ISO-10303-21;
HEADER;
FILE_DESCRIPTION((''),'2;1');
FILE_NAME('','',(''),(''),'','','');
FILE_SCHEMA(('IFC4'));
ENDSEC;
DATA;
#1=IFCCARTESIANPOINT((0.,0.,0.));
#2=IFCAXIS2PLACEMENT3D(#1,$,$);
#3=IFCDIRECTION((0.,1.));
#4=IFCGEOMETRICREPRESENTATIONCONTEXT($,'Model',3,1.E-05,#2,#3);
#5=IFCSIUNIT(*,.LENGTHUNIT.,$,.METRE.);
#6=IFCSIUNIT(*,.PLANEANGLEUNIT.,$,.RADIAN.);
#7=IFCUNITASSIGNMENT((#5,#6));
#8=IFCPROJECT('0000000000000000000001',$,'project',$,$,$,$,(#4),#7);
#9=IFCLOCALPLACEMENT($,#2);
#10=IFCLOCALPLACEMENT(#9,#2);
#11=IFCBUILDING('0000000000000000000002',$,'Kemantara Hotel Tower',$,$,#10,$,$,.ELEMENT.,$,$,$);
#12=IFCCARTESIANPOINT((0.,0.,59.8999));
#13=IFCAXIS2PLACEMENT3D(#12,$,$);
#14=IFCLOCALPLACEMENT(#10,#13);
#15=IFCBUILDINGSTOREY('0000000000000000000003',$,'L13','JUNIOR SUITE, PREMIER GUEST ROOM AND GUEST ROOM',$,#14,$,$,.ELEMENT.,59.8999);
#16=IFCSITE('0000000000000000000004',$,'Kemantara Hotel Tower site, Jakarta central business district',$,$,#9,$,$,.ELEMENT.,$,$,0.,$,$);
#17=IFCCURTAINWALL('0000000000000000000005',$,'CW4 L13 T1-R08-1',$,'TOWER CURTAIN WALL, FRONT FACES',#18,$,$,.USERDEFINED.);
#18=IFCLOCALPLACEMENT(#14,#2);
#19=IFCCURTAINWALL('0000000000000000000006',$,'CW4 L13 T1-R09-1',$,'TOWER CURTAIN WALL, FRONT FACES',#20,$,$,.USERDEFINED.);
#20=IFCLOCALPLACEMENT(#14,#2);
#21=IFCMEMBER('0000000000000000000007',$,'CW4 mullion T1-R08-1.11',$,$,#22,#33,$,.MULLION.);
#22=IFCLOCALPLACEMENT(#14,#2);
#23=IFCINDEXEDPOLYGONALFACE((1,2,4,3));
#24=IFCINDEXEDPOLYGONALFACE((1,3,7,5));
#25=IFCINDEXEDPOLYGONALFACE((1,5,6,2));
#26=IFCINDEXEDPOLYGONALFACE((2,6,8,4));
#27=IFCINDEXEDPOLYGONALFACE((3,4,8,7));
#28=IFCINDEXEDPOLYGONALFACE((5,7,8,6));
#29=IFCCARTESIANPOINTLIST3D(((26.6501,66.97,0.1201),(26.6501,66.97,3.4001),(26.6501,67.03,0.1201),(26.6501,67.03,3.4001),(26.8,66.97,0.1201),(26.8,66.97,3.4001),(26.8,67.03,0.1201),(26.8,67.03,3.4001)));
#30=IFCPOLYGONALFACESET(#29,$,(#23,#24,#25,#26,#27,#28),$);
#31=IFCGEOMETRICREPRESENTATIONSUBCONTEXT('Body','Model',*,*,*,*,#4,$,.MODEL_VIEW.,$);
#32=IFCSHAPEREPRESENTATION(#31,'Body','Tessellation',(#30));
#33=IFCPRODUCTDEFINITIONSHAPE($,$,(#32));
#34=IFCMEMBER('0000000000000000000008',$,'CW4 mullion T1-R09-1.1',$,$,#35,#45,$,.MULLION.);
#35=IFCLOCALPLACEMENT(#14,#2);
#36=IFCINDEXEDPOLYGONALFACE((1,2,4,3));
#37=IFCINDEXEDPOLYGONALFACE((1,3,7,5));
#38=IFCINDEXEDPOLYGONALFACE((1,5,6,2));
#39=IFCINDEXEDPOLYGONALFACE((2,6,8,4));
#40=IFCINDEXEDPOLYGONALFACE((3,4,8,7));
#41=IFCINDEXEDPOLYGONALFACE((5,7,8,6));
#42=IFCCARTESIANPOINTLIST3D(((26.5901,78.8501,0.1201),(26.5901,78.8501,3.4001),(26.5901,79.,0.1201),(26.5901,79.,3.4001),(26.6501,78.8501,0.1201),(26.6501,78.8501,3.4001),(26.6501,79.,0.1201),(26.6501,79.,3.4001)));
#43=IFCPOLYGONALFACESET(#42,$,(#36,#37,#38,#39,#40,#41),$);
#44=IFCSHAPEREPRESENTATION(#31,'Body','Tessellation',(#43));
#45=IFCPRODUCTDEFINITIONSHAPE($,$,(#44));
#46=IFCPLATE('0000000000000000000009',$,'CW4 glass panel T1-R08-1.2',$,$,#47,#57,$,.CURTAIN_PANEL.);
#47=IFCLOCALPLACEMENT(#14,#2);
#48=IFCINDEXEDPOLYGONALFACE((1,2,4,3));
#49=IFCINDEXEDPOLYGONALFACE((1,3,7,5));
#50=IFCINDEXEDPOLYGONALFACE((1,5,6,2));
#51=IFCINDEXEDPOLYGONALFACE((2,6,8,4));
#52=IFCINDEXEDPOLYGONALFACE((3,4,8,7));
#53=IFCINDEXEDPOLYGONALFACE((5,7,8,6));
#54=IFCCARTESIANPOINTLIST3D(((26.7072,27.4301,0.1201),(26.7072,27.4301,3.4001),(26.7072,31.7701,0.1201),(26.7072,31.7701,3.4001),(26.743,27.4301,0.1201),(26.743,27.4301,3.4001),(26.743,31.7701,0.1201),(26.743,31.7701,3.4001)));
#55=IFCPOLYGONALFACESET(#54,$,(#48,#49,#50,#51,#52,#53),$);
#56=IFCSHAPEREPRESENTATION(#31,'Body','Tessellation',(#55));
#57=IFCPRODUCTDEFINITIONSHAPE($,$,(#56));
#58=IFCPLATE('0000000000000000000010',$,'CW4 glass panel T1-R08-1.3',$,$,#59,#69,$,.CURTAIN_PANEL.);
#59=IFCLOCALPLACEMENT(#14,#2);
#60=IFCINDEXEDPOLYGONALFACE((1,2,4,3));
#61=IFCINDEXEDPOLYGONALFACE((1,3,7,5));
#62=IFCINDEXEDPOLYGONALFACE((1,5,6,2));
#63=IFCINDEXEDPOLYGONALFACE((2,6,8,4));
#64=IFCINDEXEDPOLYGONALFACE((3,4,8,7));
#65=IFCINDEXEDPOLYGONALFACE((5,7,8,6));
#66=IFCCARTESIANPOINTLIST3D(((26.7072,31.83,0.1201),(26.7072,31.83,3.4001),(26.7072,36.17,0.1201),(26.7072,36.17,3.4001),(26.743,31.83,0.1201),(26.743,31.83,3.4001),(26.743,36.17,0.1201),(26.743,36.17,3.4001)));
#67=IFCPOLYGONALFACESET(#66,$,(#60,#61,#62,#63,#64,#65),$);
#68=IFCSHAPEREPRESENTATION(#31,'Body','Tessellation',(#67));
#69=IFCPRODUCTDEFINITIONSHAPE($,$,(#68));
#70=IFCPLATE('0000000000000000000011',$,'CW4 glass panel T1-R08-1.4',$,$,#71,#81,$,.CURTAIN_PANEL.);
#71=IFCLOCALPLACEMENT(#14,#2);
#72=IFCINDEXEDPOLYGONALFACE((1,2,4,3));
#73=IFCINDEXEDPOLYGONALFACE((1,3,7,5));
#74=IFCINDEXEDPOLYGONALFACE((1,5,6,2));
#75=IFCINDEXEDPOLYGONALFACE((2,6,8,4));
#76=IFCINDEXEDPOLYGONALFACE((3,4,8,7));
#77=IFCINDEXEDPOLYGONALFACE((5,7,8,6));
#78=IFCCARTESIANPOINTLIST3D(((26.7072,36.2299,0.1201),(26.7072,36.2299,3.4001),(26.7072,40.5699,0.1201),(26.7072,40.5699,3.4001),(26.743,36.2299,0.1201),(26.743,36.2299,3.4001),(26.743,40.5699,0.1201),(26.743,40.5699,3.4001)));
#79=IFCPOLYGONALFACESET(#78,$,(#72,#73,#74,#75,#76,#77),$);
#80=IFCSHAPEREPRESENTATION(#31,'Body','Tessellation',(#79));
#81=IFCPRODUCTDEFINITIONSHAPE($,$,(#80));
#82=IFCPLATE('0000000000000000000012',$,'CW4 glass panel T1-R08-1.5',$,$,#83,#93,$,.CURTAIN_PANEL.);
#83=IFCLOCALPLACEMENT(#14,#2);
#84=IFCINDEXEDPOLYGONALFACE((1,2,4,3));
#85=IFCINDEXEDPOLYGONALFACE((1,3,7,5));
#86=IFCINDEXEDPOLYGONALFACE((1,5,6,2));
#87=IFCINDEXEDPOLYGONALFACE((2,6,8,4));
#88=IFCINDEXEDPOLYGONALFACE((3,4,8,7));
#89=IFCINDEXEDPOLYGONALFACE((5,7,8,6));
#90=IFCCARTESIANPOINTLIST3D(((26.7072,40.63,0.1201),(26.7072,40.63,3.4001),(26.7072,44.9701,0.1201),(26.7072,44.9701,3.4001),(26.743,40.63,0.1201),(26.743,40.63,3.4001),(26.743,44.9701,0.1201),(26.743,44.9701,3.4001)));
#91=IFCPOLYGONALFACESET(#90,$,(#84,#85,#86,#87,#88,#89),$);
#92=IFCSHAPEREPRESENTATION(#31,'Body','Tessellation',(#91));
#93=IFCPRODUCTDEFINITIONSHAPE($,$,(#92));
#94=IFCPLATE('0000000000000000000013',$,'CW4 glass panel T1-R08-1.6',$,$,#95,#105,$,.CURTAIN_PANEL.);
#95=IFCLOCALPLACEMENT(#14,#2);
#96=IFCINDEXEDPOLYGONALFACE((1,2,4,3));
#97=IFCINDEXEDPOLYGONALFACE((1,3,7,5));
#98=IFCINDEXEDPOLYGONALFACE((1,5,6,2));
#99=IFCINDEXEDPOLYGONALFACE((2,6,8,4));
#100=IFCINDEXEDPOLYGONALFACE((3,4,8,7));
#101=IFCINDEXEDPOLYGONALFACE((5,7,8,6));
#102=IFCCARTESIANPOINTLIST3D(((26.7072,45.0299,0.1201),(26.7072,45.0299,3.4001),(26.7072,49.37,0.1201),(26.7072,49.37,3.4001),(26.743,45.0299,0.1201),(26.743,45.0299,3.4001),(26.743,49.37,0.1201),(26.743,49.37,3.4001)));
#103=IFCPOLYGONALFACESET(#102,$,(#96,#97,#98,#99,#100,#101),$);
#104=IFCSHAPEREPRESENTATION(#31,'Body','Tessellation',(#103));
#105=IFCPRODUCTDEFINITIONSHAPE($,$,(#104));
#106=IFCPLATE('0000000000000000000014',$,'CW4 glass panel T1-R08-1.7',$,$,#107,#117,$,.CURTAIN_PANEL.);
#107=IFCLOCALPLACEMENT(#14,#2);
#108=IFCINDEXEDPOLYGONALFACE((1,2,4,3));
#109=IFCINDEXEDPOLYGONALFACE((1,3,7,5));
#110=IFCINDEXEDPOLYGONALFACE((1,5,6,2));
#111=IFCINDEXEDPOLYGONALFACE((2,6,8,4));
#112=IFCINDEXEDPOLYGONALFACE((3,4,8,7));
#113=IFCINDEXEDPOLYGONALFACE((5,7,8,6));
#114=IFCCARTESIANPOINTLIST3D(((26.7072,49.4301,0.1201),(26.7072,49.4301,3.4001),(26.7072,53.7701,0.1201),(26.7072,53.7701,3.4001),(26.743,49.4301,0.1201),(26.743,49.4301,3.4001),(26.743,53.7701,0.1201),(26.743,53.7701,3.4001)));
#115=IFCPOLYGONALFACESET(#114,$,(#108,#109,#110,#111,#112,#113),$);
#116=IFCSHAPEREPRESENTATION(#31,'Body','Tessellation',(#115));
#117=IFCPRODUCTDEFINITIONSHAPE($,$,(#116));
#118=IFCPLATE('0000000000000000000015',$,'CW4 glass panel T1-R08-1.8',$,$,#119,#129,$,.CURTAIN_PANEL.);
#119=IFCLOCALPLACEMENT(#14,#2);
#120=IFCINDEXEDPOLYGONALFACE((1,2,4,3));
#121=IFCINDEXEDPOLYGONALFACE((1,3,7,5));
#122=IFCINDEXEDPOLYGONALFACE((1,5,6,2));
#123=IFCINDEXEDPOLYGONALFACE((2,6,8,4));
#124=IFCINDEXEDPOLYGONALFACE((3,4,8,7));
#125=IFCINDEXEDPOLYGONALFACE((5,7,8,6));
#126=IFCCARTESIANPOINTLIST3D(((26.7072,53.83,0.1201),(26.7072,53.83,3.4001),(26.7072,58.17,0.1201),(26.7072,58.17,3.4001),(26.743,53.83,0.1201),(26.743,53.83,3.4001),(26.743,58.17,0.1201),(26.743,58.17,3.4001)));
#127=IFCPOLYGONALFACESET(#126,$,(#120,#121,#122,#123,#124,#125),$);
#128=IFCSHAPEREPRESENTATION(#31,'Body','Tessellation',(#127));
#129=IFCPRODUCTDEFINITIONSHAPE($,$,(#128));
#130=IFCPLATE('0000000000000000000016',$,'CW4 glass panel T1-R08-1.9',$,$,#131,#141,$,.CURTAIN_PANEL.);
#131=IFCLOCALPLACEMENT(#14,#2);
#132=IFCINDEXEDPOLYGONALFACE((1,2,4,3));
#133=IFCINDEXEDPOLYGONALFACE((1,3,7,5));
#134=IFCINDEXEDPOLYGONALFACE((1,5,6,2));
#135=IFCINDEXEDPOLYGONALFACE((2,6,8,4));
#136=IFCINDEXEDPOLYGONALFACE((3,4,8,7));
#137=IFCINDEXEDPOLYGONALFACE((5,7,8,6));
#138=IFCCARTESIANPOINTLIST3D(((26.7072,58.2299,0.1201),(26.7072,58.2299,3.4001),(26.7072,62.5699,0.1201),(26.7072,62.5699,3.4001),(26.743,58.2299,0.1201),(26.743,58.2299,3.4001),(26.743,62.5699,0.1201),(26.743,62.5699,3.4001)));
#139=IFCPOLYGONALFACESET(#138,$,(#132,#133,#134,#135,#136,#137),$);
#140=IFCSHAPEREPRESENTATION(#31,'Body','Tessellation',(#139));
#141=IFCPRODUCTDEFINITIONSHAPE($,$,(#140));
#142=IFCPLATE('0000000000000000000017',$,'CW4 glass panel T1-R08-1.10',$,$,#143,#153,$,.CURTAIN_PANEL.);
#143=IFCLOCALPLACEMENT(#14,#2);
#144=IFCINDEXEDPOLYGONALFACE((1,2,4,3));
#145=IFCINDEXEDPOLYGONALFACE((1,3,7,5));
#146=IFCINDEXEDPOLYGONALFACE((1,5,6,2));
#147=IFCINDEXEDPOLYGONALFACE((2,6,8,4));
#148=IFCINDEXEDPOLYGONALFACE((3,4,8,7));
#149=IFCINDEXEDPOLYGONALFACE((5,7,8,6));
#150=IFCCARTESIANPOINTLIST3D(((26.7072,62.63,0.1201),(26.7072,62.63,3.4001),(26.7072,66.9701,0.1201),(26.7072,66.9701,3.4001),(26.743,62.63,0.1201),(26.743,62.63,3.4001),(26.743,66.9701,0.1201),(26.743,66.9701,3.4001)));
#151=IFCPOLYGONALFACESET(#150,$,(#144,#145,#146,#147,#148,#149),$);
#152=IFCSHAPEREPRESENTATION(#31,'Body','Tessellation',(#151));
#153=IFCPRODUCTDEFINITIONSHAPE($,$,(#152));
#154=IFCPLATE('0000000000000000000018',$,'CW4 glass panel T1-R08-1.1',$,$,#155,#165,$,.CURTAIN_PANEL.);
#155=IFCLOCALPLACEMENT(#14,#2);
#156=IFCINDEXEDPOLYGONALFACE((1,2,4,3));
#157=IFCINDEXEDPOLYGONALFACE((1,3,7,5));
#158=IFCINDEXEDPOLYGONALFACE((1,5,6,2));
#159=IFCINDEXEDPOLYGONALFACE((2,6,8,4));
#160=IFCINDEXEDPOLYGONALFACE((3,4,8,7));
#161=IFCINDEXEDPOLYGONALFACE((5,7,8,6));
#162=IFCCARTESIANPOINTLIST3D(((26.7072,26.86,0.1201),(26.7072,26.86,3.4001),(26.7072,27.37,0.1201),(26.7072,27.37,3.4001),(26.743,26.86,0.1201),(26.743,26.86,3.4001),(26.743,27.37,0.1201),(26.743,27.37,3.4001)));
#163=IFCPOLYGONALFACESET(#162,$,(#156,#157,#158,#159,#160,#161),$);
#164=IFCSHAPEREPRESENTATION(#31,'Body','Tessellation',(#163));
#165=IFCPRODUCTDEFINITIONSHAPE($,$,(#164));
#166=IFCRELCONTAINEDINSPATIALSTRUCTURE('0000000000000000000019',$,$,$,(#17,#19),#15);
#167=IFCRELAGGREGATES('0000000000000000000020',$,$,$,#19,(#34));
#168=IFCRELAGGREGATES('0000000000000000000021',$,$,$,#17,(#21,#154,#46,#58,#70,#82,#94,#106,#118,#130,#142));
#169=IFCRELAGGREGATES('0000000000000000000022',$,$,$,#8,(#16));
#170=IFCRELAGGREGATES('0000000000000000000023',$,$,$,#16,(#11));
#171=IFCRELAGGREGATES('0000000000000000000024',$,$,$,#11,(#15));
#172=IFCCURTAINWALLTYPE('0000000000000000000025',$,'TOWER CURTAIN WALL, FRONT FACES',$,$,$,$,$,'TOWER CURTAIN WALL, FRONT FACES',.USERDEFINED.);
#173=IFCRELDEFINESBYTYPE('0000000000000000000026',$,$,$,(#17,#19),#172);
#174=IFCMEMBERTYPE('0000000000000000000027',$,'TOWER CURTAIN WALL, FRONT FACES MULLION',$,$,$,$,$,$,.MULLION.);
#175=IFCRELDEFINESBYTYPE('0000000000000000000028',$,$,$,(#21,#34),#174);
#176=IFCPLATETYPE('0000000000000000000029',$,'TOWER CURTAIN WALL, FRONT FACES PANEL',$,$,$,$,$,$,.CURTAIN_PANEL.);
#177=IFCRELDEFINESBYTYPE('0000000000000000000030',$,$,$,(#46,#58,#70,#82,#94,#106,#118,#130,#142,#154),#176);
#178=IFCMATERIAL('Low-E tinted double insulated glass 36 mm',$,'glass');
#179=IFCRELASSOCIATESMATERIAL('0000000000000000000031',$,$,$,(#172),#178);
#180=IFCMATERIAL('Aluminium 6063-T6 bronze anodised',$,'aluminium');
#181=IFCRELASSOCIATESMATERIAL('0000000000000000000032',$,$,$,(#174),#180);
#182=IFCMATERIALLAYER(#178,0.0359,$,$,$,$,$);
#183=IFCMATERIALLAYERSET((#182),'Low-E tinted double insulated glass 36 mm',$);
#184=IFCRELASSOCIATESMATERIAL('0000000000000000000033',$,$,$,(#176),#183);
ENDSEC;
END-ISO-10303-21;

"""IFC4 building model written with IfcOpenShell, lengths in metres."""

from ifc_helpers import new_model, si_unit, direction, frame, origin, origin_2d, place, context, subcontext, project, spatial, rectangle, extrude, source, transform, mapped, material, layer, layer_set, material_profile, profile_set, type_object, element, aggregate, save


model = new_model("IFC4")

# Units and contexts
model_context = context("Model", 3, precision=1e-05, world=origin(), true_north=direction((0.0, 1.0)))
body_context = subcontext(model_context, "Body", "Model", "MODEL_VIEW")
ifc_project = project(units=[si_unit("LENGTHUNIT", "METRE"), si_unit("PLANEANGLEUNIT", "RADIAN")], contexts=[model_context])

# Site, building, storey
site_placement = place(None, origin())
site = spatial("IfcSite", under=ifc_project, at=site_placement, Name="Kemantara Hotel Tower site, Jakarta central business district", CompositionType="ELEMENT", RefElevation=0.0)
building_placement = place(site_placement, origin())
building = spatial("IfcBuilding", under=site, at=building_placement, Name="Kemantara Hotel Tower", CompositionType="ELEMENT")
storey_placement = place(building_placement, frame((0.0, 0.0, 59.8999)))
storey = spatial("IfcBuildingStorey", under=building, at=storey_placement, Name="L13", Description="JUNIOR SUITE, PREMIER GUEST ROOM AND GUEST ROOM", CompositionType="ELEMENT", Elevation=59.8999)

# Curtain walls
ifc_material_1 = material(Name="Low-E tinted double insulated glass 36 mm", Category="glass")
curtain_wall_type = type_object("IfcCurtainWallType", Name="TOWER CURTAIN WALL, FRONT FACES", ElementType="TOWER CURTAIN WALL, FRONT FACES", PredefinedType="USERDEFINED", material=ifc_material_1)
curtain_wall_1_placement = place(storey_placement, origin())
curtain_wall_1 = element("IfcCurtainWall", 1, at=curtain_wall_1_placement, inside=storey, type_object=curtain_wall_type, Name="CW4 L13 T1-R08-1", ObjectType="TOWER CURTAIN WALL, FRONT FACES", PredefinedType="USERDEFINED")
ifc_material_2 = material(Name="Aluminium 6063-T6 bronze anodised", Category="aluminium")
curtain_wall_2_placement = place(storey_placement, origin())
curtain_wall_2 = element("IfcCurtainWall", 2, at=curtain_wall_2_placement, inside=storey, type_object=curtain_wall_type, Name="CW4 L13 T1-R09-1", ObjectType="TOWER CURTAIN WALL, FRONT FACES", PredefinedType="USERDEFINED")

# Members
ifc_material_profile_1 = material_profile(ifc_material_2, rectangle(XDim=0.1499, YDim=0.0601, at=origin_2d()), Name="TOWER CURTAIN WALL, FRONT FACES MULLION")
ifc_profile_set_1 = profile_set([ifc_material_profile_1], Name="Aluminium 6063-T6 bronze anodised")
member_type_1 = type_object("IfcMemberType", Name="TOWER CURTAIN WALL, FRONT FACES MULLION", PredefinedType="MULLION", material=ifc_profile_set_1)
shared_shape_1 = source(origin(), body_context, "Body", "SweptSolid", [
    extrude(rectangle(XDim=0.1499, YDim=0.0601, at=origin_2d()), origin(), (0.0, 0.0, 1.0), 3.28),
])
member_1_placement = place(storey_placement, frame((26.7251, 67.0, 0.1201), z_axis=(0.0, 0.0, 1.0), x_axis=(-1.0, 0.0, 0.0)))
member_1 = element("IfcMember", 3, at=member_1_placement, type_object=member_type_1, Name="CW4 mullion T1-R08-1.11", PredefinedType="MULLION", context=body_context, shape_type="MappedRepresentation", body=[
    mapped(shared_shape_1, transform((0.0, 0.0, 0.0))),
])
member_2_placement = place(storey_placement, frame((26.6201, 78.925, 0.1201), z_axis=(0.0, 0.0, 1.0), x_axis=(0.0, -1.0, 0.0)))
member_2 = element("IfcMember", 4, at=member_2_placement, type_object=member_type_1, Name="CW4 mullion T1-R09-1.1", PredefinedType="MULLION", context=body_context, shape_type="MappedRepresentation", body=[
    mapped(shared_shape_1, transform((0.0, 0.0, 0.0))),
])
aggregate(curtain_wall_2, [member_2])

# Plates
ifc_layer = layer(ifc_material_1, 0.0359)
ifc_layer_set = layer_set([ifc_layer], Name="Low-E tinted double insulated glass 36 mm")
plate_type = type_object("IfcPlateType", Name="TOWER CURTAIN WALL, FRONT FACES PANEL", PredefinedType="CURTAIN_PANEL", material=ifc_layer_set)
shared_shape_2 = source(origin(), body_context, "Body", "SweptSolid", [
    extrude(rectangle(XDim=4.3401, YDim=0.0359, at=origin_2d()), origin(), (0.0, 0.0, 1.0), 3.28),
])
plate_1_placement = place(storey_placement, frame((26.7251, 29.6001, 0.1201), z_axis=(0.0, 0.0, 1.0), x_axis=(0.0, 1.0, 0.0)))
plate_1 = element("IfcPlate", 5, at=plate_1_placement, type_object=plate_type, Name="CW4 glass panel T1-R08-1.2", PredefinedType="CURTAIN_PANEL", context=body_context, shape_type="MappedRepresentation", body=[
    mapped(shared_shape_2, transform((0.0, 0.0, 0.0))),
])
plate_2_placement = place(storey_placement, frame((26.7251, 34.0, 0.1201), z_axis=(0.0, 0.0, 1.0), x_axis=(0.0, 1.0, 0.0)))
plate_2 = element("IfcPlate", 6, at=plate_2_placement, type_object=plate_type, Name="CW4 glass panel T1-R08-1.3", PredefinedType="CURTAIN_PANEL", context=body_context, shape_type="MappedRepresentation", body=[
    mapped(shared_shape_2, transform((0.0, 0.0, 0.0))),
])
plate_3_placement = place(storey_placement, frame((26.7251, 38.3999, 0.1201), z_axis=(0.0, 0.0, 1.0), x_axis=(0.0, 1.0, 0.0)))
plate_3 = element("IfcPlate", 7, at=plate_3_placement, type_object=plate_type, Name="CW4 glass panel T1-R08-1.4", PredefinedType="CURTAIN_PANEL", context=body_context, shape_type="MappedRepresentation", body=[
    mapped(shared_shape_2, transform((0.0, 0.0, 0.0))),
])
plate_4_placement = place(storey_placement, frame((26.7251, 42.8, 0.1201), z_axis=(0.0, 0.0, 1.0), x_axis=(0.0, 1.0, 0.0)))
plate_4 = element("IfcPlate", 8, at=plate_4_placement, type_object=plate_type, Name="CW4 glass panel T1-R08-1.5", PredefinedType="CURTAIN_PANEL", context=body_context, shape_type="MappedRepresentation", body=[
    mapped(shared_shape_2, transform((0.0, 0.0, 0.0))),
])
plate_5_placement = place(storey_placement, frame((26.7251, 47.2, 0.1201), z_axis=(0.0, 0.0, 1.0), x_axis=(0.0, 1.0, 0.0)))
plate_5 = element("IfcPlate", 9, at=plate_5_placement, type_object=plate_type, Name="CW4 glass panel T1-R08-1.6", PredefinedType="CURTAIN_PANEL", context=body_context, shape_type="MappedRepresentation", body=[
    mapped(shared_shape_2, transform((0.0, 0.0, 0.0))),
])
plate_6_placement = place(storey_placement, frame((26.7251, 51.6001, 0.1201), z_axis=(0.0, 0.0, 1.0), x_axis=(0.0, 1.0, 0.0)))
plate_6 = element("IfcPlate", 10, at=plate_6_placement, type_object=plate_type, Name="CW4 glass panel T1-R08-1.7", PredefinedType="CURTAIN_PANEL", context=body_context, shape_type="MappedRepresentation", body=[
    mapped(shared_shape_2, transform((0.0, 0.0, 0.0))),
])
plate_7_placement = place(storey_placement, frame((26.7251, 56.0, 0.1201), z_axis=(0.0, 0.0, 1.0), x_axis=(0.0, 1.0, 0.0)))
plate_7 = element("IfcPlate", 11, at=plate_7_placement, type_object=plate_type, Name="CW4 glass panel T1-R08-1.8", PredefinedType="CURTAIN_PANEL", context=body_context, shape_type="MappedRepresentation", body=[
    mapped(shared_shape_2, transform((0.0, 0.0, 0.0))),
])
plate_8_placement = place(storey_placement, frame((26.7251, 60.3999, 0.1201), z_axis=(0.0, 0.0, 1.0), x_axis=(0.0, 1.0, 0.0)))
plate_8 = element("IfcPlate", 12, at=plate_8_placement, type_object=plate_type, Name="CW4 glass panel T1-R08-1.9", PredefinedType="CURTAIN_PANEL", context=body_context, shape_type="MappedRepresentation", body=[
    mapped(shared_shape_2, transform((0.0, 0.0, 0.0))),
])
plate_9_placement = place(storey_placement, frame((26.7251, 64.8, 0.1201), z_axis=(0.0, 0.0, 1.0), x_axis=(0.0, 1.0, 0.0)))
plate_9 = element("IfcPlate", 13, at=plate_9_placement, type_object=plate_type, Name="CW4 glass panel T1-R08-1.10", PredefinedType="CURTAIN_PANEL", context=body_context, shape_type="MappedRepresentation", body=[
    mapped(shared_shape_2, transform((0.0, 0.0, 0.0))),
])
shared_shape_3 = source(origin(), body_context, "Body", "SweptSolid", [
    extrude(rectangle(XDim=0.51, YDim=0.0359, at=origin_2d()), origin(), (0.0, 0.0, 1.0), 3.28),
])
plate_10_placement = place(storey_placement, frame((26.7251, 27.115, 0.1201), z_axis=(0.0, 0.0, 1.0), x_axis=(0.0, 1.0, 0.0)))
plate_10 = element("IfcPlate", 14, at=plate_10_placement, type_object=plate_type, Name="CW4 glass panel T1-R08-1.1", PredefinedType="CURTAIN_PANEL", context=body_context, shape_type="MappedRepresentation", body=[
    mapped(shared_shape_3, transform((0.0, 0.0, 0.0))),
])
aggregate(curtain_wall_1, [member_1, plate_10, plate_1, plate_2, plate_3, plate_4, plate_5, plate_6, plate_7, plate_8, plate_9])

save(model, "model.ifc")
